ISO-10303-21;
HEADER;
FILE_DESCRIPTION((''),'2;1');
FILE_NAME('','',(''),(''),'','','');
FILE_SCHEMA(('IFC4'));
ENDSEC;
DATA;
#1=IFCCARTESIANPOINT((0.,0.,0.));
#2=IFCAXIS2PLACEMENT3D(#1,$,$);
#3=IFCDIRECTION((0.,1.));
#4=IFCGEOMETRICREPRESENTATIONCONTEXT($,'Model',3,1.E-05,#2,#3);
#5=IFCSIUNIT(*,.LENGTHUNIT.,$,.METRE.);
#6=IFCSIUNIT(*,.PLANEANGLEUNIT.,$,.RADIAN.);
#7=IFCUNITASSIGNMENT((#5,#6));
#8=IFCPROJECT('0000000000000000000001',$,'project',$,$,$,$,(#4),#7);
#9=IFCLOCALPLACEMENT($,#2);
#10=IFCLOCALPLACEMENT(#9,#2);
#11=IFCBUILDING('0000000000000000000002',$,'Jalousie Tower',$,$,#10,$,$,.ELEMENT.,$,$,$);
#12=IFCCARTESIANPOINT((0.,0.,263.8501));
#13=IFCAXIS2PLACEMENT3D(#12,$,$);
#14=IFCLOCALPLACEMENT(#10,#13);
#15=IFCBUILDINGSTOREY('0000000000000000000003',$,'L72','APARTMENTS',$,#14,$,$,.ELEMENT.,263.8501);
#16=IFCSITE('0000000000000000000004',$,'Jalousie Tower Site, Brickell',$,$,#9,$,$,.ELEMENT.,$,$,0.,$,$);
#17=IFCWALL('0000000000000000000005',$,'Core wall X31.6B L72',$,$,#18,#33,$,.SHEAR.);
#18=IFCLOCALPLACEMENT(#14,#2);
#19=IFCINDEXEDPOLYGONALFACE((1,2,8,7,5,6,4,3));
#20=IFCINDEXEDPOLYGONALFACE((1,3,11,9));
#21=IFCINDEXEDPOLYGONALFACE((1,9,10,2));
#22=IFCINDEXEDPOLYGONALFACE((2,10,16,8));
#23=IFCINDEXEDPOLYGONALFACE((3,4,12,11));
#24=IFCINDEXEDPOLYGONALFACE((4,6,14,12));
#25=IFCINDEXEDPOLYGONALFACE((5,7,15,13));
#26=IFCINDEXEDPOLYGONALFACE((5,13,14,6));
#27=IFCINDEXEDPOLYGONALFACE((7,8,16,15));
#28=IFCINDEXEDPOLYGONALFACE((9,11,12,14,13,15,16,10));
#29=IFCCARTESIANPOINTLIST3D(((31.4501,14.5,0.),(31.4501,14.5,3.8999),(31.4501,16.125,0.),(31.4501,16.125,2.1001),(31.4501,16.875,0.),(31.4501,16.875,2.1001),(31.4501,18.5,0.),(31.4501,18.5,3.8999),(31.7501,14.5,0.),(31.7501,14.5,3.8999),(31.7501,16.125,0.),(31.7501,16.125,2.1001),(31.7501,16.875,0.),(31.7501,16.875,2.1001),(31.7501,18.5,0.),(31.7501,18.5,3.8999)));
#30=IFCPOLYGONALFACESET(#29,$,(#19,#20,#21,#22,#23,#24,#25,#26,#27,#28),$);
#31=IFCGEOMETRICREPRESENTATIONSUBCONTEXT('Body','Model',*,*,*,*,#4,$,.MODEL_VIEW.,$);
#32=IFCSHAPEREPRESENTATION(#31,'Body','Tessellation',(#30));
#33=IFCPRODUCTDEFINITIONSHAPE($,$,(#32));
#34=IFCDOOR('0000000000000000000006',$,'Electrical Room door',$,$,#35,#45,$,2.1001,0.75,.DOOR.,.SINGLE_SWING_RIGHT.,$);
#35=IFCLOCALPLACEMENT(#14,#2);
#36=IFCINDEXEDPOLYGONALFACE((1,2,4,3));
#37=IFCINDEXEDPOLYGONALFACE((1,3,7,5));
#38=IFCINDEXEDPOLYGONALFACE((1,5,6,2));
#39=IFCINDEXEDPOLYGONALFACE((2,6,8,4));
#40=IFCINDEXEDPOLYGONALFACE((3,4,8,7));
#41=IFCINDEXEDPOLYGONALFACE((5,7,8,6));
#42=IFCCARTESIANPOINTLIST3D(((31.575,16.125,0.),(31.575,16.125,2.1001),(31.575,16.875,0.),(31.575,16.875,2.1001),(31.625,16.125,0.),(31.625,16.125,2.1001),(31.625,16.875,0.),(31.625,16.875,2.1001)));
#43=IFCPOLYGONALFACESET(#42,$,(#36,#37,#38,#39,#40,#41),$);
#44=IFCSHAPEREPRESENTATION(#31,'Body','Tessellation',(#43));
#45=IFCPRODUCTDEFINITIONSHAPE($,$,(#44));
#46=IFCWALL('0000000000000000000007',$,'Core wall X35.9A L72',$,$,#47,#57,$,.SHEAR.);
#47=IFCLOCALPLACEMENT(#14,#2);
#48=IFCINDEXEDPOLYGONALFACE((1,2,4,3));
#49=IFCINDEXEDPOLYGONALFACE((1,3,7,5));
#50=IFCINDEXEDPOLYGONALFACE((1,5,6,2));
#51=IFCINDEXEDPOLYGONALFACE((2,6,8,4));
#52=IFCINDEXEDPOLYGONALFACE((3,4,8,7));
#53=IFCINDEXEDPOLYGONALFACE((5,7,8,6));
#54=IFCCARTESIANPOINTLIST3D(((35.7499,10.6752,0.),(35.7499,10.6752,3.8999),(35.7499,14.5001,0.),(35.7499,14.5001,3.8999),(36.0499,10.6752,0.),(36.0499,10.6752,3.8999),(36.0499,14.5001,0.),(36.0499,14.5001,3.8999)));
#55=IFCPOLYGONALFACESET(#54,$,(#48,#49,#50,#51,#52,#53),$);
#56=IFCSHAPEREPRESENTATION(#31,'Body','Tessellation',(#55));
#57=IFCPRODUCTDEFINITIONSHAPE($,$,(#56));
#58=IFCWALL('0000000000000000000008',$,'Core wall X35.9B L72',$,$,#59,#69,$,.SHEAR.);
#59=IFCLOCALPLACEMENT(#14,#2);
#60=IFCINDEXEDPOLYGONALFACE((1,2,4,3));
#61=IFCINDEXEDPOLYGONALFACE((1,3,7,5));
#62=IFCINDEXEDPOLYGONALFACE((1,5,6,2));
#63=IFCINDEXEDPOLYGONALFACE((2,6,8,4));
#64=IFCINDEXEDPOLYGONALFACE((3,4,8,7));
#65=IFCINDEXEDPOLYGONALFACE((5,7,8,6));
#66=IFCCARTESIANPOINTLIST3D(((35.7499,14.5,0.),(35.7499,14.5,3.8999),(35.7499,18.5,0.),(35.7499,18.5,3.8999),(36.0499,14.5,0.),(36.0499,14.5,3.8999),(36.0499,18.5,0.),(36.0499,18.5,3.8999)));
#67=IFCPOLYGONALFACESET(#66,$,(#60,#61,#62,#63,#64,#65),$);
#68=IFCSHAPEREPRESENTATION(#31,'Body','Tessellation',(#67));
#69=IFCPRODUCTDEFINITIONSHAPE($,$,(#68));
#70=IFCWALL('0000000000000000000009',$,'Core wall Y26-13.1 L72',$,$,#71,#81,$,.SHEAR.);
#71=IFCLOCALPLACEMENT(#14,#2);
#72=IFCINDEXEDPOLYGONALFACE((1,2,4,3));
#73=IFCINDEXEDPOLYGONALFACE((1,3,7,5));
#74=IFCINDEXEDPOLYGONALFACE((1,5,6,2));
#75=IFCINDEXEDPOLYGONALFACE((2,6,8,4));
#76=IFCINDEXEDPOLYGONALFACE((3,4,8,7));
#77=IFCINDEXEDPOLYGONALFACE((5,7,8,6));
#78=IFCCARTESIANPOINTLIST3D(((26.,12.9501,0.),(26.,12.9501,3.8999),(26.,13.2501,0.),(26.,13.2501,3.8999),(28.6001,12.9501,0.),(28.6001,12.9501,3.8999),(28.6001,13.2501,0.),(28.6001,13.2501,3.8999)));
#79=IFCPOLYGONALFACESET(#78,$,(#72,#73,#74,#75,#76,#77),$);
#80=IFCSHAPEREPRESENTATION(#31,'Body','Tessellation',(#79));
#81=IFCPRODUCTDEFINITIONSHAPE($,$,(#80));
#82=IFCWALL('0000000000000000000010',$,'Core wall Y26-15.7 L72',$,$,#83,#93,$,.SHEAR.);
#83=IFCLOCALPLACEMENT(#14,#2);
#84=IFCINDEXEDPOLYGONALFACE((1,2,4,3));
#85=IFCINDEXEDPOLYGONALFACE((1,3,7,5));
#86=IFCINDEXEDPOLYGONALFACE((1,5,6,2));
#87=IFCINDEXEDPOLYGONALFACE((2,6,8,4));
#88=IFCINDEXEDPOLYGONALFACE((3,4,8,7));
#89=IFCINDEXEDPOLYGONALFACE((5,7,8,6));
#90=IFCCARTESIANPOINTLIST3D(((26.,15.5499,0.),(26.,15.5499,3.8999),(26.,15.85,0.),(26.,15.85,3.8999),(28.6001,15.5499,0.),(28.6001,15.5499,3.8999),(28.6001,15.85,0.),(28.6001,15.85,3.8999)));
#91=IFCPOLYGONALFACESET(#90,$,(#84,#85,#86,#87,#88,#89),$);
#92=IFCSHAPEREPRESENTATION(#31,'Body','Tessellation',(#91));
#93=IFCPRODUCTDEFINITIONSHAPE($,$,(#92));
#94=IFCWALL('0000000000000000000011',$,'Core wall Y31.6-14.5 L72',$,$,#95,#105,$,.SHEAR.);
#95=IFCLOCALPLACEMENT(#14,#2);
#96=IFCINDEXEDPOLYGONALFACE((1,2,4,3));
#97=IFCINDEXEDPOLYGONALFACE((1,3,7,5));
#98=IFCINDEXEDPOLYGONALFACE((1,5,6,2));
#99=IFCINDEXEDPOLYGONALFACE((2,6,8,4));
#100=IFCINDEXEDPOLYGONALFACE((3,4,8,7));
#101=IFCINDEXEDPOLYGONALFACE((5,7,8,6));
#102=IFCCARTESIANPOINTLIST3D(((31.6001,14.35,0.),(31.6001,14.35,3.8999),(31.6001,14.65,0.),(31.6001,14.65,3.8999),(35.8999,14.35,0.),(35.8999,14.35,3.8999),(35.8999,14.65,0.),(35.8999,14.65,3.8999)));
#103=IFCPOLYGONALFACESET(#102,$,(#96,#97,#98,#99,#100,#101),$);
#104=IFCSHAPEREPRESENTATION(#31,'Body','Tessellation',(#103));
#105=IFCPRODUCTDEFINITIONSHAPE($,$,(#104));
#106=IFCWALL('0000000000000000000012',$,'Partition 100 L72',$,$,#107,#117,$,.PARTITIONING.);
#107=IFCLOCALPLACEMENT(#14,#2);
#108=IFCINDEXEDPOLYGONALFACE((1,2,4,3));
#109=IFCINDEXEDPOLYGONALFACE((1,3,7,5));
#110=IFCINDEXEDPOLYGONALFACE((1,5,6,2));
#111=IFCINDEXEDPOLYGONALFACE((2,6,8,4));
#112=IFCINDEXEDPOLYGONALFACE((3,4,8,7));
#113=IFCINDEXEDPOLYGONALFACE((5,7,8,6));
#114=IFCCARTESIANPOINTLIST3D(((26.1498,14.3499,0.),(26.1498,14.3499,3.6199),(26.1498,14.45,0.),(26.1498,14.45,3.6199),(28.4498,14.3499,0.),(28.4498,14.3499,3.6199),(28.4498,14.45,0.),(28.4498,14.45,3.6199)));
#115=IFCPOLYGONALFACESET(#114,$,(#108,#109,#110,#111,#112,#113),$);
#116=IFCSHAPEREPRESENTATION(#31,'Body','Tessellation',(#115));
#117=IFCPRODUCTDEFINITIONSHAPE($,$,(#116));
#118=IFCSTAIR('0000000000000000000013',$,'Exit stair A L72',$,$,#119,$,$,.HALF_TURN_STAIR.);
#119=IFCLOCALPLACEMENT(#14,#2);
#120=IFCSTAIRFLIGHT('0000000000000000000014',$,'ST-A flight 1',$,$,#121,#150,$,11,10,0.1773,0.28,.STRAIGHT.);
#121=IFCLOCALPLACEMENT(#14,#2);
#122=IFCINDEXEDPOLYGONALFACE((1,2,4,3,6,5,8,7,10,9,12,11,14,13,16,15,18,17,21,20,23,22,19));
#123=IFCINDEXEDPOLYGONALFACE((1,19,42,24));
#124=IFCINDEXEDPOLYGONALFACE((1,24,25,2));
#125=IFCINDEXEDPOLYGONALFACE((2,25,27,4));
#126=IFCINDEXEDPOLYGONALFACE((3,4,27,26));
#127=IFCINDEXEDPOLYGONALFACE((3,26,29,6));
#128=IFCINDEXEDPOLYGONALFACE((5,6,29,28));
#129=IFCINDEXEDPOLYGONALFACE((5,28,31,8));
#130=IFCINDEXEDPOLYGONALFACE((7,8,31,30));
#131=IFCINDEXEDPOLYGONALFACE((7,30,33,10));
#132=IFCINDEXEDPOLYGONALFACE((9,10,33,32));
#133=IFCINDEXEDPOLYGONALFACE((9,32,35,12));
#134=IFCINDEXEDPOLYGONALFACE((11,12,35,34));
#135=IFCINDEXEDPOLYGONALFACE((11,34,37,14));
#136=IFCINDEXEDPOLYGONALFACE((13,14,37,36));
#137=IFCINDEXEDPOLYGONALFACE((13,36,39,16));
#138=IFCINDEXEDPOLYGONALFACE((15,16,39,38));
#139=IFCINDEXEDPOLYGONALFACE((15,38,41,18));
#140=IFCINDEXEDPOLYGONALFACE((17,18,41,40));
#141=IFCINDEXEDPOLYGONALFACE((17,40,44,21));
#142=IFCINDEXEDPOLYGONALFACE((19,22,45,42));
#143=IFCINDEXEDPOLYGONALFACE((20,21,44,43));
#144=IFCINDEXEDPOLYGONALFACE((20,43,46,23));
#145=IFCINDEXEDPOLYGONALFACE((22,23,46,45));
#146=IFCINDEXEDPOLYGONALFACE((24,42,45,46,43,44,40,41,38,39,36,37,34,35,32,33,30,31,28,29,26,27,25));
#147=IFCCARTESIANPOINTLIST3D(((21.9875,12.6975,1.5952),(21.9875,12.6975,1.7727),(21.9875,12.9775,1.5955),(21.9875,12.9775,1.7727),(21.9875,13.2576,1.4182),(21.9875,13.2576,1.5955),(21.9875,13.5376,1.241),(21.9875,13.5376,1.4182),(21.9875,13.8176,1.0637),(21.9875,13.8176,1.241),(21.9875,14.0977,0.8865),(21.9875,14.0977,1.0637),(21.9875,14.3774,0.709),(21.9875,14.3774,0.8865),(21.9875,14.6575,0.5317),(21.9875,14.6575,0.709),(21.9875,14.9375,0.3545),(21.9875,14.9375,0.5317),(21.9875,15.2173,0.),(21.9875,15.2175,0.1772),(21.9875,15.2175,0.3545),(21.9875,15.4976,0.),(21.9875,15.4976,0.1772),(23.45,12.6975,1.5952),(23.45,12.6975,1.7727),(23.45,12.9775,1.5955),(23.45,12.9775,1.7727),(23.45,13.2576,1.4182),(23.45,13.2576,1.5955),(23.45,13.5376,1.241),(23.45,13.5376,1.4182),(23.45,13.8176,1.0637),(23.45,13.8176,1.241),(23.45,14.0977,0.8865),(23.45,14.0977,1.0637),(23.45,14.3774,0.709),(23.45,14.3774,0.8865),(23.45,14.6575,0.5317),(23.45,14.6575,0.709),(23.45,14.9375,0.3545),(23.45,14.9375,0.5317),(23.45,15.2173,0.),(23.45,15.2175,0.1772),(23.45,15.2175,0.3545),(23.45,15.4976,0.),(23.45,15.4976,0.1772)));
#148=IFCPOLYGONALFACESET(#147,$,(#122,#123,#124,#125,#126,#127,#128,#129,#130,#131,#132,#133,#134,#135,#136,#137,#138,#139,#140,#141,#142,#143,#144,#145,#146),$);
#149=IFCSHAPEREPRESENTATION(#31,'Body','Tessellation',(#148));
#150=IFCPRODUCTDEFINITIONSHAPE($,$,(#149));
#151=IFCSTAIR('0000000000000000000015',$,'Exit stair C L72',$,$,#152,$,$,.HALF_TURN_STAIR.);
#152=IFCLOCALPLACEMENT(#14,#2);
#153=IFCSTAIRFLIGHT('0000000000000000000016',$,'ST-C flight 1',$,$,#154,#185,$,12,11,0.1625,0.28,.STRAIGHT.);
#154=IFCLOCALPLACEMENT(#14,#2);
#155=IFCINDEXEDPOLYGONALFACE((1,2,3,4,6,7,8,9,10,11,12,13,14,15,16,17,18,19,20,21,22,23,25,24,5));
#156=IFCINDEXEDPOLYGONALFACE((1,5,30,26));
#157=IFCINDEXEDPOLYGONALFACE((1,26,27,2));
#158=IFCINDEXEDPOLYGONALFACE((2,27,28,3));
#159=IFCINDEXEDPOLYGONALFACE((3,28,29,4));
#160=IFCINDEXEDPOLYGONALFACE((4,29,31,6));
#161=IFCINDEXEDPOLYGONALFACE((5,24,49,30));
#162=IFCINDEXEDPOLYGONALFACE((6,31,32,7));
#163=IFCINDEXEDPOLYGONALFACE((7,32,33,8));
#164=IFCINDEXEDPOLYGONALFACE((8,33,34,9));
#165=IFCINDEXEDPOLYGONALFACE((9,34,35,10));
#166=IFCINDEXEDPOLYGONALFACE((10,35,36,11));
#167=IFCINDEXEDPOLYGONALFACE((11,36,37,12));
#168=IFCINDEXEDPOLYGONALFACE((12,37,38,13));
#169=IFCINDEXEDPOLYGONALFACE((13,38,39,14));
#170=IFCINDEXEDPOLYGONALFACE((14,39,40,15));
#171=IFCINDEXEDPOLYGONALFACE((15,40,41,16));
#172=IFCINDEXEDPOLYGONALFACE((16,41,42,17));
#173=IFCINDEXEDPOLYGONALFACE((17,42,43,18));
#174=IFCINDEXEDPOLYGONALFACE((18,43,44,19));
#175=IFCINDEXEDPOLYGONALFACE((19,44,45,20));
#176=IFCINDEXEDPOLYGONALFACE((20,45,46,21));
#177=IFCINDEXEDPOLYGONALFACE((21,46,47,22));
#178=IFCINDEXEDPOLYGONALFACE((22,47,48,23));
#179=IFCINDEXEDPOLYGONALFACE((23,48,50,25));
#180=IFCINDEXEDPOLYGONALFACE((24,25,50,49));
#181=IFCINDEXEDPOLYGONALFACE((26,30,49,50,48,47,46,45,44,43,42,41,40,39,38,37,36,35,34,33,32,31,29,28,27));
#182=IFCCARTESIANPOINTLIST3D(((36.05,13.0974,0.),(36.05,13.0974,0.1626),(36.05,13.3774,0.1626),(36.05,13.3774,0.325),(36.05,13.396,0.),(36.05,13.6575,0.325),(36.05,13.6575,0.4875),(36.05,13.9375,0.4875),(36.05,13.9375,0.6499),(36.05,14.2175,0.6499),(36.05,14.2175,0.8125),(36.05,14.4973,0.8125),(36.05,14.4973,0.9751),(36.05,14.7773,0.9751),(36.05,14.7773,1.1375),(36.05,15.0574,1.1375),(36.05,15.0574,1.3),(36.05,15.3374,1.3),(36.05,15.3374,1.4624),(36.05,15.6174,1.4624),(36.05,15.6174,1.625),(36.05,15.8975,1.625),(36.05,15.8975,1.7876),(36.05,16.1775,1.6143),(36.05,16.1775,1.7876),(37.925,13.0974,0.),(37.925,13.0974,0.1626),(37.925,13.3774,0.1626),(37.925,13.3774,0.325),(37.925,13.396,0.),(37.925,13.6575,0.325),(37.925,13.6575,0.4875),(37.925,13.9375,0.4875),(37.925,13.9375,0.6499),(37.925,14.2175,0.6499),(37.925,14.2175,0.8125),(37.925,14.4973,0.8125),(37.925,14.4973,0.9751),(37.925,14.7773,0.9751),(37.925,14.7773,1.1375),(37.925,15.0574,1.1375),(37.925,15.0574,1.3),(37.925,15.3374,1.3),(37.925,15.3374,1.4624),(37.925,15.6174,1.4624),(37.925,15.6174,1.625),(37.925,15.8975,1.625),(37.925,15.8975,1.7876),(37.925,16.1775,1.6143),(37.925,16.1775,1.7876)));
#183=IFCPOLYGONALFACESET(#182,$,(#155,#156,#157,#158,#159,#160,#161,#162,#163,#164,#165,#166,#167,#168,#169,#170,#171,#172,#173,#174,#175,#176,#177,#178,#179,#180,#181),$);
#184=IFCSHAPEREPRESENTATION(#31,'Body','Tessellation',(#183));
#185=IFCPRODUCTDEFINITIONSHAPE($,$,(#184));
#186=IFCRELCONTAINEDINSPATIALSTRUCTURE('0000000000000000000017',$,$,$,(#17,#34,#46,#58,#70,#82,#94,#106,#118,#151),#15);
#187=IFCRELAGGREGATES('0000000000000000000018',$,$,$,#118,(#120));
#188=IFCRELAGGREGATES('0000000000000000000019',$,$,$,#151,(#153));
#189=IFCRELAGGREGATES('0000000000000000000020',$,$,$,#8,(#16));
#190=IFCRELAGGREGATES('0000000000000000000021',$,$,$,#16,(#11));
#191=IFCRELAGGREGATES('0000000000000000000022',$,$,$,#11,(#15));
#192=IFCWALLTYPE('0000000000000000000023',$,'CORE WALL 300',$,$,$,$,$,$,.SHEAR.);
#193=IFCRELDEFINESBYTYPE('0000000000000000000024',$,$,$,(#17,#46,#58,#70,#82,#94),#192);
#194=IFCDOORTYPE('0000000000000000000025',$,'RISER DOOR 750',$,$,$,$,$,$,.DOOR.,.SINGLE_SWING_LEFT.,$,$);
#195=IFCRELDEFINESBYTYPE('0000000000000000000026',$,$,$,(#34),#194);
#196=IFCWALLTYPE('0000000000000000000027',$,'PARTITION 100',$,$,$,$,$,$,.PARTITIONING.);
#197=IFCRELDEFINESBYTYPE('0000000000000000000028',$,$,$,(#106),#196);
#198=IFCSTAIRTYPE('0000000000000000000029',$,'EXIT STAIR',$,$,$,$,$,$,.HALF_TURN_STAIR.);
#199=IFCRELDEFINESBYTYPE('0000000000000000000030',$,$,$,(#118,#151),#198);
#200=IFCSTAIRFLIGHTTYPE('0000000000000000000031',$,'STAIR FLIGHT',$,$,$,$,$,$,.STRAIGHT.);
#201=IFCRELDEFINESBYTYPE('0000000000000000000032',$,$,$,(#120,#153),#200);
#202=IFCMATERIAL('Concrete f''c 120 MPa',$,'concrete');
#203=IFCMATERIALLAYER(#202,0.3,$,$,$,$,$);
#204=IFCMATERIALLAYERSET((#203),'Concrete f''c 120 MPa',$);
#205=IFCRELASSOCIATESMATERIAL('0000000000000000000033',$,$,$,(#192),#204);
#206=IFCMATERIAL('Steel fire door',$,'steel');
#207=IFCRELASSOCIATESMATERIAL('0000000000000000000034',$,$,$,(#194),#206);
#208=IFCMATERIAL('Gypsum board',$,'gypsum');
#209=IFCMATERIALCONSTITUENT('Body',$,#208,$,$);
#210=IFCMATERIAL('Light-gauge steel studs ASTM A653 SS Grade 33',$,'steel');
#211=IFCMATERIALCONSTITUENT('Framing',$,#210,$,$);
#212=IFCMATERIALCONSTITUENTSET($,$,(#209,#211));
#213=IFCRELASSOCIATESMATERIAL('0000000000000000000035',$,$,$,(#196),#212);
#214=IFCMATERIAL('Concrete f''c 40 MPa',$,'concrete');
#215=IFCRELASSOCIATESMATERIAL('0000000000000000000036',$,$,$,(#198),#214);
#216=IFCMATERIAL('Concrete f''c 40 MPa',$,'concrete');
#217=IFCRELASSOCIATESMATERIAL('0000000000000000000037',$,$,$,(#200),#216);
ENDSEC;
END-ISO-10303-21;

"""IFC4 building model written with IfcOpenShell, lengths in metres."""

from ifc_helpers import new_model, si_unit, direction, frame, frame_2d, origin, place, context, subcontext, project, spatial, polyline, rectangle, outline, extrude, material, layer, layer_set, constituent, constituent_set, type_object, element, fill, aggregate, save


model = new_model("IFC4")

# Units and contexts
model_context = context("Model", 3, precision=1e-05, world=origin(), true_north=direction((0.0, 1.0)))
body_context = subcontext(model_context, "Body", "Model", "MODEL_VIEW")
ifc_project = project(units=[si_unit("LENGTHUNIT", "METRE"), si_unit("PLANEANGLEUNIT", "RADIAN")], contexts=[model_context])

# Site, building, storey
site_placement = place(None, origin())
site = spatial("IfcSite", under=ifc_project, at=site_placement, Name="Jalousie Tower Site, Brickell", CompositionType="ELEMENT", RefElevation=0.0)
building_placement = place(site_placement, origin())
building = spatial("IfcBuilding", under=site, at=building_placement, Name="Jalousie Tower", CompositionType="ELEMENT")
storey_placement = place(building_placement, frame((0.0, 0.0, 263.8501)))
storey = spatial("IfcBuildingStorey", under=building, at=storey_placement, Name="L72", Description="APARTMENTS", CompositionType="ELEMENT", Elevation=263.8501)

# Shared definitions
ifc_material_1 = material(Name="Concrete f'c 120 MPa", Category="concrete")
ifc_layer_1 = layer(ifc_material_1, 0.3)
ifc_layer_set_1 = layer_set([ifc_layer_1], Name="Concrete f'c 120 MPa")
wall_type_1 = type_object("IfcWallType", Name="CORE WALL 300", PredefinedType="SHEAR", material=ifc_layer_set_1)

# Wall, opening, door
ifc_material_2 = material(Name="Steel fire door", Category="steel")
door_type_1 = type_object("IfcDoorType", Name="RISER DOOR 750", OperationType="SINGLE_SWING_LEFT", PredefinedType="DOOR", material=ifc_material_2)
wall_1_placement = place(storey_placement, frame((31.6001, 14.5, 0.0), z_axis=(0.0, 0.0, 1.0), x_axis=(0.0, 1.0, 0.0)))
wall_1 = element("IfcWall", 1, at=wall_1_placement, inside=storey, type_object=wall_type_1, Name="Core wall X31.6B L72", PredefinedType="SHEAR", context=body_context, shape_type="SweptSolid", body=[
    extrude(rectangle(XDim=4.0, YDim=0.3, at=frame_2d((2.0, 0.0))), origin(), (0.0, 0.0, 1.0), 3.8999),
])
opening_1_placement = place(wall_1_placement, frame((1.625, 0.0, 0.0)))
opening_1 = element("IfcOpeningElement", 2, at=opening_1_placement, cuts=wall_1, PredefinedType="OPENING", context=body_context, shape_type="SweptSolid", body=[
    extrude(rectangle(XDim=0.75, YDim=2.1001, at=frame_2d((0.375, 1.05))), frame((0.0, 0.1599, 0.0), z_axis=(0.0, -1.0, 0.0), x_axis=(1.0, 0.0, 0.0)), (0.0, 0.0, 1.0), 0.3201),
])
door_1_placement = place(opening_1_placement, frame((0.75, 0.0, 0.0), z_axis=(0.0, 0.0, 1.0), x_axis=(-1.0, 0.0, 0.0)))
door_1 = element("IfcDoor", 3, at=door_1_placement, inside=storey, type_object=door_type_1, Name="Electrical Room door", OperationType="SINGLE_SWING_RIGHT", OverallHeight=2.1001, OverallWidth=0.75, PredefinedType="DOOR", context=body_context, shape_type="SweptSolid", body=[
    extrude(rectangle(XDim=0.75, YDim=2.1001, at=frame_2d((0.375, 1.05))), frame((0.0, 0.0249, 0.0), z_axis=(0.0, -1.0, 0.0), x_axis=(1.0, 0.0, 0.0)), (0.0, 0.0, 1.0), 0.05),
])
fill(opening_1, door_1)

# Walls
wall_2_placement = place(storey_placement, frame((35.8999, 10.675, 0.0), z_axis=(0.0, 0.0, 1.0), x_axis=(0.0, 1.0, 0.0)))
element("IfcWall", 4, at=wall_2_placement, inside=storey, type_object=wall_type_1, Name="Core wall X35.9A L72", PredefinedType="SHEAR", context=body_context, shape_type="SweptSolid", body=[
    extrude(rectangle(XDim=3.825, YDim=0.3, at=frame_2d((1.9126, 0.0))), origin(), (0.0, 0.0, 1.0), 3.8999),
])
wall_3_placement = place(storey_placement, frame((35.8999, 14.5, 0.0), z_axis=(0.0, 0.0, 1.0), x_axis=(0.0, 1.0, 0.0)))
element("IfcWall", 5, at=wall_3_placement, inside=storey, type_object=wall_type_1, Name="Core wall X35.9B L72", PredefinedType="SHEAR", context=body_context, shape_type="SweptSolid", body=[
    extrude(rectangle(XDim=4.0, YDim=0.3, at=frame_2d((2.0, 0.0))), origin(), (0.0, 0.0, 1.0), 3.8999),
])
for number, where, z_axis, x_axis, name in (
    (6, (26.0, 13.1001, 0.0), (0.0, 0.0, 1.0), (1.0, 0.0, 0.0), "Core wall Y26-13.1 L72"),
    (7, (26.0, 15.7, 0.0), (0.0, 0.0, 1.0), (1.0, 0.0, 0.0), "Core wall Y26-15.7 L72"),
):
    element("IfcWall", number, at=place(storey_placement, frame(where, z_axis=z_axis, x_axis=x_axis)), inside=storey, type_object=wall_type_1, Name=name, PredefinedType="SHEAR", context=body_context, shape_type="SweptSolid", body=[
        extrude(rectangle(XDim=2.6001, YDim=0.3, at=frame_2d((1.3, 0.0))), origin(), (0.0, 0.0, 1.0), 3.8999),
    ])
wall_4_placement = place(storey_placement, frame((31.6001, 14.5, 0.0), z_axis=(0.0, 0.0, 1.0), x_axis=(1.0, 0.0, 0.0)))
element("IfcWall", 8, at=wall_4_placement, inside=storey, type_object=wall_type_1, Name="Core wall Y31.6-14.5 L72", PredefinedType="SHEAR", context=body_context, shape_type="SweptSolid", body=[
    extrude(rectangle(XDim=4.2998, YDim=0.3, at=frame_2d((2.1499, 0.0))), origin(), (0.0, 0.0, 1.0), 3.8999),
])
ifc_material_3 = material(Name="Gypsum board", Category="gypsum")
ifc_constituent_1 = constituent(ifc_material_3, Name="Body")
ifc_material_4 = material(Name="Light-gauge steel studs ASTM A653 SS Grade 33", Category="steel")
ifc_constituent_2 = constituent(ifc_material_4, Name="Framing")
ifc_constituent_set_1 = constituent_set(constituents=[ifc_constituent_1, ifc_constituent_2])
wall_type_2 = type_object("IfcWallType", Name="PARTITION 100", PredefinedType="PARTITIONING", material=ifc_constituent_set_1)
wall_5_placement = place(storey_placement, frame((26.1499, 14.3999, 0.0), z_axis=(0.0, 0.0, 1.0), x_axis=(1.0, 0.0, 0.0)))
element("IfcWall", 9, at=wall_5_placement, inside=storey, type_object=wall_type_2, Name="Partition 100 L72", PredefinedType="PARTITIONING", context=body_context, shape_type="SweptSolid", body=[
    extrude(rectangle(XDim=2.3, YDim=0.1001, at=frame_2d((1.1499, 0.0))), origin(), (0.0, 0.0, 1.0), 3.6199),
])

# Stairs, stair flights
ifc_material_5 = material(Name="Concrete f'c 40 MPa", Category="concrete")
stair_type = type_object("IfcStairType", Name="EXIT STAIR", PredefinedType="HALF_TURN_STAIR", material=ifc_material_5)
stair_1_placement = place(storey_placement, origin())
stair_1 = element("IfcStair", 10, at=stair_1_placement, inside=storey, type_object=stair_type, Name="Exit stair A L72", PredefinedType="HALF_TURN_STAIR")
ifc_material_6 = material(Name="Concrete f'c 40 MPa", Category="concrete")
stair_flight_type = type_object("IfcStairFlightType", Name="STAIR FLIGHT", PredefinedType="STRAIGHT", material=ifc_material_6)
stair_flight_1_placement = place(storey_placement, frame((22.7188, 15.4976, 0.0), z_axis=(0.0, 0.0, 1.0), x_axis=(0.0, -1.0, 0.0)))
stair_flight_1 = element("IfcStairFlight", 11, at=stair_flight_1_placement, type_object=stair_flight_type, Name="ST-A flight 1", NumberOfRisers=11, NumberOfTreads=10, PredefinedType="STRAIGHT", RiserHeight=0.1773, TreadLength=0.28, context=body_context, shape_type="SweptSolid", body=[
    extrude(outline(polyline([(0.0, 0.0), (0.0, 0.1772), (0.28, 0.1772), (0.28, 0.3545), (0.5601, 0.3545), (0.5601, 0.5317), (0.8401, 0.5317), (0.8401, 0.709), (1.1201, 0.709), (1.1201, 0.8865), (1.3999, 0.8865), (1.3999, 1.0637), (1.6799, 1.0637), (1.6799, 1.241), (1.96, 1.241), (1.96, 1.4182), (2.24, 1.4182), (2.24, 1.5955), (2.52, 1.5955), (2.52, 1.7727), (2.8, 1.7727), (2.8, 1.95), (2.8, 1.5952), (0.2803, 0.0), (0.0, 0.0)])), frame((0.0, 0.7312, 0.0), z_axis=(0.0, -1.0, 0.0), x_axis=(1.0, 0.0, 0.0)), (0.0, 0.0, 1.0), 1.4624),
])
aggregate(stair_1, [stair_flight_1])
stair_2_placement = place(storey_placement, origin())
stair_2 = element("IfcStair", 12, at=stair_2_placement, inside=storey, type_object=stair_type, Name="Exit stair C L72", PredefinedType="HALF_TURN_STAIR")
stair_flight_2_placement = place(storey_placement, frame((36.9875, 13.0974, 0.0), z_axis=(0.0, 0.0, 1.0), x_axis=(0.0, 1.0, 0.0)))
stair_flight_2 = element("IfcStairFlight", 13, at=stair_flight_2_placement, type_object=stair_flight_type, Name="ST-C flight 1", NumberOfRisers=12, NumberOfTreads=11, PredefinedType="STRAIGHT", RiserHeight=0.1625, TreadLength=0.28, context=body_context, shape_type="SweptSolid", body=[
    extrude(outline(polyline([(0.0, 0.0), (0.0, 0.1626), (0.28, 0.1626), (0.28, 0.325), (0.5601, 0.325), (0.5601, 0.4875), (0.8401, 0.4875), (0.8401, 0.6499), (1.1201, 0.6499), (1.1201, 0.8125), (1.3999, 0.8125), (1.3999, 0.9751), (1.6799, 0.9751), (1.6799, 1.1375), (1.96, 1.1375), (1.96, 1.3), (2.24, 1.3), (2.24, 1.4624), (2.52, 1.4624), (2.52, 1.625), (2.8, 1.625), (2.8, 1.7876), (3.0801, 1.7876), (3.0801, 1.95), (3.0801, 1.6143), (0.2986, 0.0), (0.0, 0.0)])), frame((0.0, 0.9375, 0.0), z_axis=(0.0, -1.0, 0.0), x_axis=(1.0, 0.0, 0.0)), (0.0, 0.0, 1.0), 1.875),
])
aggregate(stair_2, [stair_flight_2])

save(model, "model.ifc")
